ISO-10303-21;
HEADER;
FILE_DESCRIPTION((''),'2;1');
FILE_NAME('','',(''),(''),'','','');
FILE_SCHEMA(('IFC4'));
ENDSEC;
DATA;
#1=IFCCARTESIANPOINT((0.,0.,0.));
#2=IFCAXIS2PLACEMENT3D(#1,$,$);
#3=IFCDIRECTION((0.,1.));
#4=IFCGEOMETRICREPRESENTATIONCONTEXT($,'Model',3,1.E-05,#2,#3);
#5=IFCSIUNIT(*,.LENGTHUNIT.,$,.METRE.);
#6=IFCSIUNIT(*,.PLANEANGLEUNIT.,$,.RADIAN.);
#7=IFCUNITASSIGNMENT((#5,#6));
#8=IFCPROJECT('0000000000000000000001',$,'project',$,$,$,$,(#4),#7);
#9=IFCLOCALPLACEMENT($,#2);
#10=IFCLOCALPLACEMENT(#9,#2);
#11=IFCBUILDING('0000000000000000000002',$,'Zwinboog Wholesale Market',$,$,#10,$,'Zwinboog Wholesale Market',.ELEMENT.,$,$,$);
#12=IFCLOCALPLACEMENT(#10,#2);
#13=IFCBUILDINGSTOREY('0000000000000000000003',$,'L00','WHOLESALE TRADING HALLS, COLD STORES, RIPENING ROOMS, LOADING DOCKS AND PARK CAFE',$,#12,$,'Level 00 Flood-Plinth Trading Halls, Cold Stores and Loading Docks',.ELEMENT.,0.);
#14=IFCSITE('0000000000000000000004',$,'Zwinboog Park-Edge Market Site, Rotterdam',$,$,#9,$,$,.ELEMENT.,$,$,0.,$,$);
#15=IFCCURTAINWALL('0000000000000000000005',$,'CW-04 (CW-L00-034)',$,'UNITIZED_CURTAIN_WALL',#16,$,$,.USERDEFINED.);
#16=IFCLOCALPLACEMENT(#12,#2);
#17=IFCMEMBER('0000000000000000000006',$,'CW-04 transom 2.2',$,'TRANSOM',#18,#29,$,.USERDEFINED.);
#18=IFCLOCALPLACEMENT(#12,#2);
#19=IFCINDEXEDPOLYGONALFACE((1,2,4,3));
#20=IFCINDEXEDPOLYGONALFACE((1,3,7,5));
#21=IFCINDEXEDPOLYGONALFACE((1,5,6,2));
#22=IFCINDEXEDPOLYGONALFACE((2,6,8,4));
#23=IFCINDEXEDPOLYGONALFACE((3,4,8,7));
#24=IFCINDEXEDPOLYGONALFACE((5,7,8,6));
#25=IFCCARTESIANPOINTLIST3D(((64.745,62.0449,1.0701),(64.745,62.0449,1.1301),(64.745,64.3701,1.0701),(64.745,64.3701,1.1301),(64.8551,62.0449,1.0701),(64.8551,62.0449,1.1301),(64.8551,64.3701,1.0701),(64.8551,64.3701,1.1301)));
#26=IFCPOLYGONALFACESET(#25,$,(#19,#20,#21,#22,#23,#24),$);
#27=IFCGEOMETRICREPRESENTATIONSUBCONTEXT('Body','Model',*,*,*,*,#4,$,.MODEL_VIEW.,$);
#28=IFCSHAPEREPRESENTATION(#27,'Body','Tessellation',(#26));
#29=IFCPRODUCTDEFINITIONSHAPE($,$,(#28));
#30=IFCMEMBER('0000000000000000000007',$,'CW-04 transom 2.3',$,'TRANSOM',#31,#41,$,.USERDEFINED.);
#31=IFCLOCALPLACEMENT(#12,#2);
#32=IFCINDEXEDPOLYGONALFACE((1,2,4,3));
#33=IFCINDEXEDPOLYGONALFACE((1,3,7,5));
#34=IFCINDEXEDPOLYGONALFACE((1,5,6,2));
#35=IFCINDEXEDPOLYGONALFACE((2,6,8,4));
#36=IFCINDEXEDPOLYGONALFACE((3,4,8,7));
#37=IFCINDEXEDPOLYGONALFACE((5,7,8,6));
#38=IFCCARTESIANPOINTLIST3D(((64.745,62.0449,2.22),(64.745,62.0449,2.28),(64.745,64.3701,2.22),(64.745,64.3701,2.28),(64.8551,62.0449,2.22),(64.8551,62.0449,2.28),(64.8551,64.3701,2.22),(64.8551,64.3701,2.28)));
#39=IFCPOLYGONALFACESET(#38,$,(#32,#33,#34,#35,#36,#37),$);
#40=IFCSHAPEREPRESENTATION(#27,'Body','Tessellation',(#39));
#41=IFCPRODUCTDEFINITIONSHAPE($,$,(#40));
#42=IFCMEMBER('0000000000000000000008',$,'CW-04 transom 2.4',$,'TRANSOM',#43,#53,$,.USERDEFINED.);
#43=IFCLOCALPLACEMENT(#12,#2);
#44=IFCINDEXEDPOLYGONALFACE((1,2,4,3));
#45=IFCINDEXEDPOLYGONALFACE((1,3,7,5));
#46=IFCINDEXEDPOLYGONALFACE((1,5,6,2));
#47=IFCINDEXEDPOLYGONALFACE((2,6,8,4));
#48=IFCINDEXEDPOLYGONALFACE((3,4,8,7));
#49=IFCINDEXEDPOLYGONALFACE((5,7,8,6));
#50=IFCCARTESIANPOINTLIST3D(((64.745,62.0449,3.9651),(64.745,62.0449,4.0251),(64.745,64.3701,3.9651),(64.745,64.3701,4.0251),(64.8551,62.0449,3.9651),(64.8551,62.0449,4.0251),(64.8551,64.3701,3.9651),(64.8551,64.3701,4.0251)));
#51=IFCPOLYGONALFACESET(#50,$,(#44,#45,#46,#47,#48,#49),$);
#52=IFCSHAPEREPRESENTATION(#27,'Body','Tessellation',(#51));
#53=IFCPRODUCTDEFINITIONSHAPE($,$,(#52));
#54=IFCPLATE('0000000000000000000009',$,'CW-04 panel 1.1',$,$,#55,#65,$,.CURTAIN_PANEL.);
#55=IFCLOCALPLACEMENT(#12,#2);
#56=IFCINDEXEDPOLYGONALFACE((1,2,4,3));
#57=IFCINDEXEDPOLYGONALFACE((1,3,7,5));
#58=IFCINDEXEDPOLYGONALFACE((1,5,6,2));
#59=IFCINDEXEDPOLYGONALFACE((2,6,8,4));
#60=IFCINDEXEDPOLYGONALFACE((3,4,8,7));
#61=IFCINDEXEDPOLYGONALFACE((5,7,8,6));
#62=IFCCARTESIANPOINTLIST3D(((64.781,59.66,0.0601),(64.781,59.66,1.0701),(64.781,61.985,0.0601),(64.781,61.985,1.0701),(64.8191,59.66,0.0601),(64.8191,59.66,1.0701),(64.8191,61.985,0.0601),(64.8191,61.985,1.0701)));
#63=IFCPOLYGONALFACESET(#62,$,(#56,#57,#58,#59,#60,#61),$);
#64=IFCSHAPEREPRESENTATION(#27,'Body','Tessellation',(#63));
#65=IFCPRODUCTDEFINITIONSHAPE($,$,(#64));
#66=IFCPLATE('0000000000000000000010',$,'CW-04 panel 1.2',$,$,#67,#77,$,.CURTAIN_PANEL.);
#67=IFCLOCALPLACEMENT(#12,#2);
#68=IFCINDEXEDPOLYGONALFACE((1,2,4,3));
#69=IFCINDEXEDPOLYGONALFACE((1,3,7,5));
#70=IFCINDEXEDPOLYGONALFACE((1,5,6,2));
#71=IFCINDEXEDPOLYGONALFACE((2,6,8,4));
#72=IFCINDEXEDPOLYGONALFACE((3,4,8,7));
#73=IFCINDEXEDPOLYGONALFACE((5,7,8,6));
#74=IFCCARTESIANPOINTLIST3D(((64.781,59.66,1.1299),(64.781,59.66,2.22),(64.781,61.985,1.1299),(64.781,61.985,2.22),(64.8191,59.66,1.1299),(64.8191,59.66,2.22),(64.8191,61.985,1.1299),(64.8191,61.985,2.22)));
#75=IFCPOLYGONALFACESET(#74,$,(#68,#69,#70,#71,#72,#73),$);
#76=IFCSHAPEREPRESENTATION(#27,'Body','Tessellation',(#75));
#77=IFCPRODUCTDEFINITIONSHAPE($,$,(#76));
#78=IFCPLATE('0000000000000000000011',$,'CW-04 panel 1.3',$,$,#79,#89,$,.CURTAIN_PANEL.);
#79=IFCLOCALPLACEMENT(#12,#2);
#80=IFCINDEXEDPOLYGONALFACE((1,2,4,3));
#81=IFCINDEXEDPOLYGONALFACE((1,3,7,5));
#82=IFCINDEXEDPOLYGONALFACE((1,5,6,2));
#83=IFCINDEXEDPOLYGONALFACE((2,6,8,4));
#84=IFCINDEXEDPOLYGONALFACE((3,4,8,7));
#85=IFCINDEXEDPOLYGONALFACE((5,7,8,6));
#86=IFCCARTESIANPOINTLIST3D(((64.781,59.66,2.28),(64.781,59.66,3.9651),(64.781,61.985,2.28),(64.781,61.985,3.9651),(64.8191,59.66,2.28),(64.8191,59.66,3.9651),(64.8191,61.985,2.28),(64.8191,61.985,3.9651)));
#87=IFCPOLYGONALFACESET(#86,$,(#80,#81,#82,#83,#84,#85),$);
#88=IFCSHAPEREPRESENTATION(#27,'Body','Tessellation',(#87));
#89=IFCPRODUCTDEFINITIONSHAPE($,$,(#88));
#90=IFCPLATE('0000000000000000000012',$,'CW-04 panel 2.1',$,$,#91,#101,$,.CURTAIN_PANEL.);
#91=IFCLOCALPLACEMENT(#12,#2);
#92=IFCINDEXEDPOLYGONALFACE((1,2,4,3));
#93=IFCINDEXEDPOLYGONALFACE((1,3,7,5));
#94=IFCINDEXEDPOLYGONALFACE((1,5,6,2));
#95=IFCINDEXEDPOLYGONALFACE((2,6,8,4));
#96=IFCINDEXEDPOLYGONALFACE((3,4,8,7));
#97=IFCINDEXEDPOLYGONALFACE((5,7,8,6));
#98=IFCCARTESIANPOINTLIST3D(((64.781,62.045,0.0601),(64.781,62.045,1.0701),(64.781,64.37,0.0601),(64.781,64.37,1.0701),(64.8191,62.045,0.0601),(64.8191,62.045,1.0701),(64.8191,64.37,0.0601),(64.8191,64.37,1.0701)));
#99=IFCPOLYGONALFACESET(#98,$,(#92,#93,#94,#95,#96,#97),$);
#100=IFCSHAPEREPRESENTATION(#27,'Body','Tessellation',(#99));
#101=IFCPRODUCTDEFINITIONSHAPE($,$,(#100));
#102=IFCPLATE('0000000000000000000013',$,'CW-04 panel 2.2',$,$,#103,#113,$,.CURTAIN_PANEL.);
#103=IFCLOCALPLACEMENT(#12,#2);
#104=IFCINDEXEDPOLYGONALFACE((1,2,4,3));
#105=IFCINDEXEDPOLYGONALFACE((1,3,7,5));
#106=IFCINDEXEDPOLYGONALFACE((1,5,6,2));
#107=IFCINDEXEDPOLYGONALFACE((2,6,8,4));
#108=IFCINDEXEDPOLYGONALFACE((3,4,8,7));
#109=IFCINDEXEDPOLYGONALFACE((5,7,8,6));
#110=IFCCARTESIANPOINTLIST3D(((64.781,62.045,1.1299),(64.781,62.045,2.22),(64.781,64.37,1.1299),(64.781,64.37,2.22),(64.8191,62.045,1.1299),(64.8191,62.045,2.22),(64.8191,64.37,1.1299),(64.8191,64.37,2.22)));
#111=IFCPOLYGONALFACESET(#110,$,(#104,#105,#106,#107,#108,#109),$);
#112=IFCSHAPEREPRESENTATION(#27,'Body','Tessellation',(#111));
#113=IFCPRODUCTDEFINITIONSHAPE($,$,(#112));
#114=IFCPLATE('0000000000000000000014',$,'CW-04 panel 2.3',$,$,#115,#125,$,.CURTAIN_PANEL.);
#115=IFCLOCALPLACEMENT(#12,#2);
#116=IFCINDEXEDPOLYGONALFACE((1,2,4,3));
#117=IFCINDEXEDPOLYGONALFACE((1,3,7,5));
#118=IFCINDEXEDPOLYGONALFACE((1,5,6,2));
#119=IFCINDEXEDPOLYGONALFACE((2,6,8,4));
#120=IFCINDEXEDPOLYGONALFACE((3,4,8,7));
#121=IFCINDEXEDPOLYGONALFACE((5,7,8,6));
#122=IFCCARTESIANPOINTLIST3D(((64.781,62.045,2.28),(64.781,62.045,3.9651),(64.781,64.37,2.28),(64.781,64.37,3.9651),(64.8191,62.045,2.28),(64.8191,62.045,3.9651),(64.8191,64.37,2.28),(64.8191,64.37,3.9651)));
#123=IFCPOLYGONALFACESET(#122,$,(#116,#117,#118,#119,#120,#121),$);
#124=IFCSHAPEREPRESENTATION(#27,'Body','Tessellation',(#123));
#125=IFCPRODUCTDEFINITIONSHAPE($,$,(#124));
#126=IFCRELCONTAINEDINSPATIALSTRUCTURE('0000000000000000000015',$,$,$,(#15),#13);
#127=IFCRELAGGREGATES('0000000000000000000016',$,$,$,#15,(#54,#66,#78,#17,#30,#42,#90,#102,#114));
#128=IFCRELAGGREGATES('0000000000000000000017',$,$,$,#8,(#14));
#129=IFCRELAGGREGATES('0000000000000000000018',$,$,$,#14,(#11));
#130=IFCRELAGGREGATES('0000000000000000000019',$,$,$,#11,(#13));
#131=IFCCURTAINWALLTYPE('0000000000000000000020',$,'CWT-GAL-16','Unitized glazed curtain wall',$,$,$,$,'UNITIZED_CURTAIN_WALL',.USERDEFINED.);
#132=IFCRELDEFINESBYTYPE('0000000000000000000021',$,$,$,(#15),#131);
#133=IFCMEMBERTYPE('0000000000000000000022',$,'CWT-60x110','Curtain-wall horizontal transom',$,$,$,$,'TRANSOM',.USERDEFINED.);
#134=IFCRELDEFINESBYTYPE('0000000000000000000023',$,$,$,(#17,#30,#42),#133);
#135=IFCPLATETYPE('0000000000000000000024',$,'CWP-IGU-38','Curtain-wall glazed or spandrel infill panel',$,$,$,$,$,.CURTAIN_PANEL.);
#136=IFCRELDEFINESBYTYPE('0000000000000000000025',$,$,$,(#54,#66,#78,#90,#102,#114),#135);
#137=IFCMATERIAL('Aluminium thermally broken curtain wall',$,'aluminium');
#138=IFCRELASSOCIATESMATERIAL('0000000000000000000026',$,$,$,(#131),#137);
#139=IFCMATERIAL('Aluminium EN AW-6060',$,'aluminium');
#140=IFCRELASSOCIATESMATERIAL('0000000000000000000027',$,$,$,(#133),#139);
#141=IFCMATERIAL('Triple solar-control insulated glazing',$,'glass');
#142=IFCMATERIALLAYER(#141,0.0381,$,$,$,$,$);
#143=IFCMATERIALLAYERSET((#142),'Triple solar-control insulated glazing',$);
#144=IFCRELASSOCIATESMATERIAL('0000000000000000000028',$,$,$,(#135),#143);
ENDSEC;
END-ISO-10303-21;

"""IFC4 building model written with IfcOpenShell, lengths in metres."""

from ifc_helpers import new_model, si_unit, direction, frame, origin, origin_2d, place, context, subcontext, project, spatial, rectangle, extrude, material, layer, layer_set, material_profile, profile_set, type_object, element, aggregate, save


model = new_model("IFC4")

# Units and contexts
model_context = context("Model", 3, precision=1e-05, world=origin(), true_north=direction((0.0, 1.0)))
body_context = subcontext(model_context, "Body", "Model", "MODEL_VIEW")
ifc_project = project(units=[si_unit("LENGTHUNIT", "METRE"), si_unit("PLANEANGLEUNIT", "RADIAN")], contexts=[model_context])

# Site, building, storey
site_placement = place(None, origin())
site = spatial("IfcSite", under=ifc_project, at=site_placement, Name="Zwinboog Park-Edge Market Site, Rotterdam", CompositionType="ELEMENT", RefElevation=0.0)
building_placement = place(site_placement, origin())
building = spatial("IfcBuilding", under=site, at=building_placement, Name="Zwinboog Wholesale Market", LongName="Zwinboog Wholesale Market", CompositionType="ELEMENT")
storey_placement = place(building_placement, origin())
storey = spatial("IfcBuildingStorey", under=building, at=storey_placement, Name="L00", Description="WHOLESALE TRADING HALLS, COLD STORES, RIPENING ROOMS, LOADING DOCKS AND PARK CAFE", LongName="Level 00 Flood-Plinth Trading Halls, Cold Stores and Loading Docks", CompositionType="ELEMENT", Elevation=0.0)

# Shared definitions
ifc_material_1 = material(Name="Aluminium thermally broken curtain wall", Category="aluminium")
ifc_material_2 = material(Name="Aluminium EN AW-6060", Category="aluminium")

# Curtain wall, members, plates
curtain_wall_type_1 = type_object("IfcCurtainWallType", Name="CWT-GAL-16", Description="Unitized glazed curtain wall", ElementType="UNITIZED_CURTAIN_WALL", PredefinedType="USERDEFINED", material=ifc_material_1)
curtain_wall_1_placement = place(storey_placement, origin())
curtain_wall_1 = element("IfcCurtainWall", 1, at=curtain_wall_1_placement, inside=storey, type_object=curtain_wall_type_1, Name="CW-04 (CW-L00-034)", ObjectType="UNITIZED_CURTAIN_WALL", PredefinedType="USERDEFINED")
ifc_material_profile_1 = material_profile(ifc_material_2, rectangle(XDim=0.1101, YDim=0.0601, at=origin_2d()), Name="AL 60x110")
ifc_profile_set_1 = profile_set([ifc_material_profile_1], Name="Aluminium EN AW-6060")
member_type_1 = type_object("IfcMemberType", Name="CWT-60x110", Description="Curtain-wall horizontal transom", ElementType="TRANSOM", PredefinedType="USERDEFINED", material=ifc_profile_set_1)
member_1_placement = place(storey_placement, frame((64.8, 62.0449, 1.1001), z_axis=(0.0, 1.0, 0.0), x_axis=(-1.0, 0.0, 0.0)))
member_1 = element("IfcMember", 2, at=member_1_placement, type_object=member_type_1, Name="CW-04 transom 2.2", ObjectType="TRANSOM", PredefinedType="USERDEFINED", context=body_context, shape_type="SweptSolid", body=[
    extrude(rectangle(XDim=0.1101, YDim=0.0601, at=origin_2d()), origin(), (0.0, 0.0, 1.0), 2.3252),
])
member_2_placement = place(storey_placement, frame((64.8, 62.0449, 2.25), z_axis=(0.0, 1.0, 0.0), x_axis=(-1.0, 0.0, 0.0)))
member_2 = element("IfcMember", 3, at=member_2_placement, type_object=member_type_1, Name="CW-04 transom 2.3", ObjectType="TRANSOM", PredefinedType="USERDEFINED", context=body_context, shape_type="SweptSolid", body=[
    extrude(rectangle(XDim=0.1101, YDim=0.0601, at=origin_2d()), origin(), (0.0, 0.0, 1.0), 2.3252),
])
member_3_placement = place(storey_placement, frame((64.8, 62.0449, 3.9951), z_axis=(0.0, 1.0, 0.0), x_axis=(-1.0, 0.0, 0.0)))
member_3 = element("IfcMember", 4, at=member_3_placement, type_object=member_type_1, Name="CW-04 transom 2.4", ObjectType="TRANSOM", PredefinedType="USERDEFINED", context=body_context, shape_type="SweptSolid", body=[
    extrude(rectangle(XDim=0.1101, YDim=0.0601, at=origin_2d()), origin(), (0.0, 0.0, 1.0), 2.3252),
])
ifc_material_3 = material(Name="Triple solar-control insulated glazing", Category="glass")
ifc_layer = layer(ifc_material_3, 0.0381)
ifc_layer_set = layer_set([ifc_layer], Name="Triple solar-control insulated glazing")
plate_type = type_object("IfcPlateType", Name="CWP-IGU-38", Description="Curtain-wall glazed or spandrel infill panel", PredefinedType="CURTAIN_PANEL", material=ifc_layer_set)
plate_1_placement = place(storey_placement, frame((64.8, 60.8225, 0.0601), z_axis=(0.0, 0.0, 1.0), x_axis=(0.0, 1.0, 0.0)))
plate_1 = element("IfcPlate", 5, at=plate_1_placement, type_object=plate_type, Name="CW-04 panel 1.1", PredefinedType="CURTAIN_PANEL", context=body_context, shape_type="SweptSolid", body=[
    extrude(rectangle(XDim=2.325, YDim=0.0381, at=origin_2d()), origin(), (0.0, 0.0, 1.0), 1.01),
])
plate_2_placement = place(storey_placement, frame((64.8, 60.8225, 1.1299), z_axis=(0.0, 0.0, 1.0), x_axis=(0.0, 1.0, 0.0)))
plate_2 = element("IfcPlate", 6, at=plate_2_placement, type_object=plate_type, Name="CW-04 panel 1.2", PredefinedType="CURTAIN_PANEL", context=body_context, shape_type="SweptSolid", body=[
    extrude(rectangle(XDim=2.325, YDim=0.0381, at=origin_2d()), origin(), (0.0, 0.0, 1.0), 1.0901),
])
plate_3_placement = place(storey_placement, frame((64.8, 60.8225, 2.28), z_axis=(0.0, 0.0, 1.0), x_axis=(0.0, 1.0, 0.0)))
plate_3 = element("IfcPlate", 7, at=plate_3_placement, type_object=plate_type, Name="CW-04 panel 1.3", PredefinedType="CURTAIN_PANEL", context=body_context, shape_type="SweptSolid", body=[
    extrude(rectangle(XDim=2.325, YDim=0.0381, at=origin_2d()), origin(), (0.0, 0.0, 1.0), 1.6851),
])
plate_4_placement = place(storey_placement, frame((64.8, 63.2075, 0.0601), z_axis=(0.0, 0.0, 1.0), x_axis=(0.0, 1.0, 0.0)))
plate_4 = element("IfcPlate", 8, at=plate_4_placement, type_object=plate_type, Name="CW-04 panel 2.1", PredefinedType="CURTAIN_PANEL", context=body_context, shape_type="SweptSolid", body=[
    extrude(rectangle(XDim=2.325, YDim=0.0381, at=origin_2d()), origin(), (0.0, 0.0, 1.0), 1.01),
])
plate_5_placement = place(storey_placement, frame((64.8, 63.2075, 1.1299), z_axis=(0.0, 0.0, 1.0), x_axis=(0.0, 1.0, 0.0)))
plate_5 = element("IfcPlate", 9, at=plate_5_placement, type_object=plate_type, Name="CW-04 panel 2.2", PredefinedType="CURTAIN_PANEL", context=body_context, shape_type="SweptSolid", body=[
    extrude(rectangle(XDim=2.325, YDim=0.0381, at=origin_2d()), origin(), (0.0, 0.0, 1.0), 1.0901),
])
plate_6_placement = place(storey_placement, frame((64.8, 63.2075, 2.28), z_axis=(0.0, 0.0, 1.0), x_axis=(0.0, 1.0, 0.0)))
plate_6 = element("IfcPlate", 10, at=plate_6_placement, type_object=plate_type, Name="CW-04 panel 2.3", PredefinedType="CURTAIN_PANEL", context=body_context, shape_type="SweptSolid", body=[
    extrude(rectangle(XDim=2.325, YDim=0.0381, at=origin_2d()), origin(), (0.0, 0.0, 1.0), 1.6851),
])
aggregate(curtain_wall_1, [plate_1, plate_2, plate_3, member_1, member_2, member_3, plate_4, plate_5, plate_6])

save(model, "model.ifc")
